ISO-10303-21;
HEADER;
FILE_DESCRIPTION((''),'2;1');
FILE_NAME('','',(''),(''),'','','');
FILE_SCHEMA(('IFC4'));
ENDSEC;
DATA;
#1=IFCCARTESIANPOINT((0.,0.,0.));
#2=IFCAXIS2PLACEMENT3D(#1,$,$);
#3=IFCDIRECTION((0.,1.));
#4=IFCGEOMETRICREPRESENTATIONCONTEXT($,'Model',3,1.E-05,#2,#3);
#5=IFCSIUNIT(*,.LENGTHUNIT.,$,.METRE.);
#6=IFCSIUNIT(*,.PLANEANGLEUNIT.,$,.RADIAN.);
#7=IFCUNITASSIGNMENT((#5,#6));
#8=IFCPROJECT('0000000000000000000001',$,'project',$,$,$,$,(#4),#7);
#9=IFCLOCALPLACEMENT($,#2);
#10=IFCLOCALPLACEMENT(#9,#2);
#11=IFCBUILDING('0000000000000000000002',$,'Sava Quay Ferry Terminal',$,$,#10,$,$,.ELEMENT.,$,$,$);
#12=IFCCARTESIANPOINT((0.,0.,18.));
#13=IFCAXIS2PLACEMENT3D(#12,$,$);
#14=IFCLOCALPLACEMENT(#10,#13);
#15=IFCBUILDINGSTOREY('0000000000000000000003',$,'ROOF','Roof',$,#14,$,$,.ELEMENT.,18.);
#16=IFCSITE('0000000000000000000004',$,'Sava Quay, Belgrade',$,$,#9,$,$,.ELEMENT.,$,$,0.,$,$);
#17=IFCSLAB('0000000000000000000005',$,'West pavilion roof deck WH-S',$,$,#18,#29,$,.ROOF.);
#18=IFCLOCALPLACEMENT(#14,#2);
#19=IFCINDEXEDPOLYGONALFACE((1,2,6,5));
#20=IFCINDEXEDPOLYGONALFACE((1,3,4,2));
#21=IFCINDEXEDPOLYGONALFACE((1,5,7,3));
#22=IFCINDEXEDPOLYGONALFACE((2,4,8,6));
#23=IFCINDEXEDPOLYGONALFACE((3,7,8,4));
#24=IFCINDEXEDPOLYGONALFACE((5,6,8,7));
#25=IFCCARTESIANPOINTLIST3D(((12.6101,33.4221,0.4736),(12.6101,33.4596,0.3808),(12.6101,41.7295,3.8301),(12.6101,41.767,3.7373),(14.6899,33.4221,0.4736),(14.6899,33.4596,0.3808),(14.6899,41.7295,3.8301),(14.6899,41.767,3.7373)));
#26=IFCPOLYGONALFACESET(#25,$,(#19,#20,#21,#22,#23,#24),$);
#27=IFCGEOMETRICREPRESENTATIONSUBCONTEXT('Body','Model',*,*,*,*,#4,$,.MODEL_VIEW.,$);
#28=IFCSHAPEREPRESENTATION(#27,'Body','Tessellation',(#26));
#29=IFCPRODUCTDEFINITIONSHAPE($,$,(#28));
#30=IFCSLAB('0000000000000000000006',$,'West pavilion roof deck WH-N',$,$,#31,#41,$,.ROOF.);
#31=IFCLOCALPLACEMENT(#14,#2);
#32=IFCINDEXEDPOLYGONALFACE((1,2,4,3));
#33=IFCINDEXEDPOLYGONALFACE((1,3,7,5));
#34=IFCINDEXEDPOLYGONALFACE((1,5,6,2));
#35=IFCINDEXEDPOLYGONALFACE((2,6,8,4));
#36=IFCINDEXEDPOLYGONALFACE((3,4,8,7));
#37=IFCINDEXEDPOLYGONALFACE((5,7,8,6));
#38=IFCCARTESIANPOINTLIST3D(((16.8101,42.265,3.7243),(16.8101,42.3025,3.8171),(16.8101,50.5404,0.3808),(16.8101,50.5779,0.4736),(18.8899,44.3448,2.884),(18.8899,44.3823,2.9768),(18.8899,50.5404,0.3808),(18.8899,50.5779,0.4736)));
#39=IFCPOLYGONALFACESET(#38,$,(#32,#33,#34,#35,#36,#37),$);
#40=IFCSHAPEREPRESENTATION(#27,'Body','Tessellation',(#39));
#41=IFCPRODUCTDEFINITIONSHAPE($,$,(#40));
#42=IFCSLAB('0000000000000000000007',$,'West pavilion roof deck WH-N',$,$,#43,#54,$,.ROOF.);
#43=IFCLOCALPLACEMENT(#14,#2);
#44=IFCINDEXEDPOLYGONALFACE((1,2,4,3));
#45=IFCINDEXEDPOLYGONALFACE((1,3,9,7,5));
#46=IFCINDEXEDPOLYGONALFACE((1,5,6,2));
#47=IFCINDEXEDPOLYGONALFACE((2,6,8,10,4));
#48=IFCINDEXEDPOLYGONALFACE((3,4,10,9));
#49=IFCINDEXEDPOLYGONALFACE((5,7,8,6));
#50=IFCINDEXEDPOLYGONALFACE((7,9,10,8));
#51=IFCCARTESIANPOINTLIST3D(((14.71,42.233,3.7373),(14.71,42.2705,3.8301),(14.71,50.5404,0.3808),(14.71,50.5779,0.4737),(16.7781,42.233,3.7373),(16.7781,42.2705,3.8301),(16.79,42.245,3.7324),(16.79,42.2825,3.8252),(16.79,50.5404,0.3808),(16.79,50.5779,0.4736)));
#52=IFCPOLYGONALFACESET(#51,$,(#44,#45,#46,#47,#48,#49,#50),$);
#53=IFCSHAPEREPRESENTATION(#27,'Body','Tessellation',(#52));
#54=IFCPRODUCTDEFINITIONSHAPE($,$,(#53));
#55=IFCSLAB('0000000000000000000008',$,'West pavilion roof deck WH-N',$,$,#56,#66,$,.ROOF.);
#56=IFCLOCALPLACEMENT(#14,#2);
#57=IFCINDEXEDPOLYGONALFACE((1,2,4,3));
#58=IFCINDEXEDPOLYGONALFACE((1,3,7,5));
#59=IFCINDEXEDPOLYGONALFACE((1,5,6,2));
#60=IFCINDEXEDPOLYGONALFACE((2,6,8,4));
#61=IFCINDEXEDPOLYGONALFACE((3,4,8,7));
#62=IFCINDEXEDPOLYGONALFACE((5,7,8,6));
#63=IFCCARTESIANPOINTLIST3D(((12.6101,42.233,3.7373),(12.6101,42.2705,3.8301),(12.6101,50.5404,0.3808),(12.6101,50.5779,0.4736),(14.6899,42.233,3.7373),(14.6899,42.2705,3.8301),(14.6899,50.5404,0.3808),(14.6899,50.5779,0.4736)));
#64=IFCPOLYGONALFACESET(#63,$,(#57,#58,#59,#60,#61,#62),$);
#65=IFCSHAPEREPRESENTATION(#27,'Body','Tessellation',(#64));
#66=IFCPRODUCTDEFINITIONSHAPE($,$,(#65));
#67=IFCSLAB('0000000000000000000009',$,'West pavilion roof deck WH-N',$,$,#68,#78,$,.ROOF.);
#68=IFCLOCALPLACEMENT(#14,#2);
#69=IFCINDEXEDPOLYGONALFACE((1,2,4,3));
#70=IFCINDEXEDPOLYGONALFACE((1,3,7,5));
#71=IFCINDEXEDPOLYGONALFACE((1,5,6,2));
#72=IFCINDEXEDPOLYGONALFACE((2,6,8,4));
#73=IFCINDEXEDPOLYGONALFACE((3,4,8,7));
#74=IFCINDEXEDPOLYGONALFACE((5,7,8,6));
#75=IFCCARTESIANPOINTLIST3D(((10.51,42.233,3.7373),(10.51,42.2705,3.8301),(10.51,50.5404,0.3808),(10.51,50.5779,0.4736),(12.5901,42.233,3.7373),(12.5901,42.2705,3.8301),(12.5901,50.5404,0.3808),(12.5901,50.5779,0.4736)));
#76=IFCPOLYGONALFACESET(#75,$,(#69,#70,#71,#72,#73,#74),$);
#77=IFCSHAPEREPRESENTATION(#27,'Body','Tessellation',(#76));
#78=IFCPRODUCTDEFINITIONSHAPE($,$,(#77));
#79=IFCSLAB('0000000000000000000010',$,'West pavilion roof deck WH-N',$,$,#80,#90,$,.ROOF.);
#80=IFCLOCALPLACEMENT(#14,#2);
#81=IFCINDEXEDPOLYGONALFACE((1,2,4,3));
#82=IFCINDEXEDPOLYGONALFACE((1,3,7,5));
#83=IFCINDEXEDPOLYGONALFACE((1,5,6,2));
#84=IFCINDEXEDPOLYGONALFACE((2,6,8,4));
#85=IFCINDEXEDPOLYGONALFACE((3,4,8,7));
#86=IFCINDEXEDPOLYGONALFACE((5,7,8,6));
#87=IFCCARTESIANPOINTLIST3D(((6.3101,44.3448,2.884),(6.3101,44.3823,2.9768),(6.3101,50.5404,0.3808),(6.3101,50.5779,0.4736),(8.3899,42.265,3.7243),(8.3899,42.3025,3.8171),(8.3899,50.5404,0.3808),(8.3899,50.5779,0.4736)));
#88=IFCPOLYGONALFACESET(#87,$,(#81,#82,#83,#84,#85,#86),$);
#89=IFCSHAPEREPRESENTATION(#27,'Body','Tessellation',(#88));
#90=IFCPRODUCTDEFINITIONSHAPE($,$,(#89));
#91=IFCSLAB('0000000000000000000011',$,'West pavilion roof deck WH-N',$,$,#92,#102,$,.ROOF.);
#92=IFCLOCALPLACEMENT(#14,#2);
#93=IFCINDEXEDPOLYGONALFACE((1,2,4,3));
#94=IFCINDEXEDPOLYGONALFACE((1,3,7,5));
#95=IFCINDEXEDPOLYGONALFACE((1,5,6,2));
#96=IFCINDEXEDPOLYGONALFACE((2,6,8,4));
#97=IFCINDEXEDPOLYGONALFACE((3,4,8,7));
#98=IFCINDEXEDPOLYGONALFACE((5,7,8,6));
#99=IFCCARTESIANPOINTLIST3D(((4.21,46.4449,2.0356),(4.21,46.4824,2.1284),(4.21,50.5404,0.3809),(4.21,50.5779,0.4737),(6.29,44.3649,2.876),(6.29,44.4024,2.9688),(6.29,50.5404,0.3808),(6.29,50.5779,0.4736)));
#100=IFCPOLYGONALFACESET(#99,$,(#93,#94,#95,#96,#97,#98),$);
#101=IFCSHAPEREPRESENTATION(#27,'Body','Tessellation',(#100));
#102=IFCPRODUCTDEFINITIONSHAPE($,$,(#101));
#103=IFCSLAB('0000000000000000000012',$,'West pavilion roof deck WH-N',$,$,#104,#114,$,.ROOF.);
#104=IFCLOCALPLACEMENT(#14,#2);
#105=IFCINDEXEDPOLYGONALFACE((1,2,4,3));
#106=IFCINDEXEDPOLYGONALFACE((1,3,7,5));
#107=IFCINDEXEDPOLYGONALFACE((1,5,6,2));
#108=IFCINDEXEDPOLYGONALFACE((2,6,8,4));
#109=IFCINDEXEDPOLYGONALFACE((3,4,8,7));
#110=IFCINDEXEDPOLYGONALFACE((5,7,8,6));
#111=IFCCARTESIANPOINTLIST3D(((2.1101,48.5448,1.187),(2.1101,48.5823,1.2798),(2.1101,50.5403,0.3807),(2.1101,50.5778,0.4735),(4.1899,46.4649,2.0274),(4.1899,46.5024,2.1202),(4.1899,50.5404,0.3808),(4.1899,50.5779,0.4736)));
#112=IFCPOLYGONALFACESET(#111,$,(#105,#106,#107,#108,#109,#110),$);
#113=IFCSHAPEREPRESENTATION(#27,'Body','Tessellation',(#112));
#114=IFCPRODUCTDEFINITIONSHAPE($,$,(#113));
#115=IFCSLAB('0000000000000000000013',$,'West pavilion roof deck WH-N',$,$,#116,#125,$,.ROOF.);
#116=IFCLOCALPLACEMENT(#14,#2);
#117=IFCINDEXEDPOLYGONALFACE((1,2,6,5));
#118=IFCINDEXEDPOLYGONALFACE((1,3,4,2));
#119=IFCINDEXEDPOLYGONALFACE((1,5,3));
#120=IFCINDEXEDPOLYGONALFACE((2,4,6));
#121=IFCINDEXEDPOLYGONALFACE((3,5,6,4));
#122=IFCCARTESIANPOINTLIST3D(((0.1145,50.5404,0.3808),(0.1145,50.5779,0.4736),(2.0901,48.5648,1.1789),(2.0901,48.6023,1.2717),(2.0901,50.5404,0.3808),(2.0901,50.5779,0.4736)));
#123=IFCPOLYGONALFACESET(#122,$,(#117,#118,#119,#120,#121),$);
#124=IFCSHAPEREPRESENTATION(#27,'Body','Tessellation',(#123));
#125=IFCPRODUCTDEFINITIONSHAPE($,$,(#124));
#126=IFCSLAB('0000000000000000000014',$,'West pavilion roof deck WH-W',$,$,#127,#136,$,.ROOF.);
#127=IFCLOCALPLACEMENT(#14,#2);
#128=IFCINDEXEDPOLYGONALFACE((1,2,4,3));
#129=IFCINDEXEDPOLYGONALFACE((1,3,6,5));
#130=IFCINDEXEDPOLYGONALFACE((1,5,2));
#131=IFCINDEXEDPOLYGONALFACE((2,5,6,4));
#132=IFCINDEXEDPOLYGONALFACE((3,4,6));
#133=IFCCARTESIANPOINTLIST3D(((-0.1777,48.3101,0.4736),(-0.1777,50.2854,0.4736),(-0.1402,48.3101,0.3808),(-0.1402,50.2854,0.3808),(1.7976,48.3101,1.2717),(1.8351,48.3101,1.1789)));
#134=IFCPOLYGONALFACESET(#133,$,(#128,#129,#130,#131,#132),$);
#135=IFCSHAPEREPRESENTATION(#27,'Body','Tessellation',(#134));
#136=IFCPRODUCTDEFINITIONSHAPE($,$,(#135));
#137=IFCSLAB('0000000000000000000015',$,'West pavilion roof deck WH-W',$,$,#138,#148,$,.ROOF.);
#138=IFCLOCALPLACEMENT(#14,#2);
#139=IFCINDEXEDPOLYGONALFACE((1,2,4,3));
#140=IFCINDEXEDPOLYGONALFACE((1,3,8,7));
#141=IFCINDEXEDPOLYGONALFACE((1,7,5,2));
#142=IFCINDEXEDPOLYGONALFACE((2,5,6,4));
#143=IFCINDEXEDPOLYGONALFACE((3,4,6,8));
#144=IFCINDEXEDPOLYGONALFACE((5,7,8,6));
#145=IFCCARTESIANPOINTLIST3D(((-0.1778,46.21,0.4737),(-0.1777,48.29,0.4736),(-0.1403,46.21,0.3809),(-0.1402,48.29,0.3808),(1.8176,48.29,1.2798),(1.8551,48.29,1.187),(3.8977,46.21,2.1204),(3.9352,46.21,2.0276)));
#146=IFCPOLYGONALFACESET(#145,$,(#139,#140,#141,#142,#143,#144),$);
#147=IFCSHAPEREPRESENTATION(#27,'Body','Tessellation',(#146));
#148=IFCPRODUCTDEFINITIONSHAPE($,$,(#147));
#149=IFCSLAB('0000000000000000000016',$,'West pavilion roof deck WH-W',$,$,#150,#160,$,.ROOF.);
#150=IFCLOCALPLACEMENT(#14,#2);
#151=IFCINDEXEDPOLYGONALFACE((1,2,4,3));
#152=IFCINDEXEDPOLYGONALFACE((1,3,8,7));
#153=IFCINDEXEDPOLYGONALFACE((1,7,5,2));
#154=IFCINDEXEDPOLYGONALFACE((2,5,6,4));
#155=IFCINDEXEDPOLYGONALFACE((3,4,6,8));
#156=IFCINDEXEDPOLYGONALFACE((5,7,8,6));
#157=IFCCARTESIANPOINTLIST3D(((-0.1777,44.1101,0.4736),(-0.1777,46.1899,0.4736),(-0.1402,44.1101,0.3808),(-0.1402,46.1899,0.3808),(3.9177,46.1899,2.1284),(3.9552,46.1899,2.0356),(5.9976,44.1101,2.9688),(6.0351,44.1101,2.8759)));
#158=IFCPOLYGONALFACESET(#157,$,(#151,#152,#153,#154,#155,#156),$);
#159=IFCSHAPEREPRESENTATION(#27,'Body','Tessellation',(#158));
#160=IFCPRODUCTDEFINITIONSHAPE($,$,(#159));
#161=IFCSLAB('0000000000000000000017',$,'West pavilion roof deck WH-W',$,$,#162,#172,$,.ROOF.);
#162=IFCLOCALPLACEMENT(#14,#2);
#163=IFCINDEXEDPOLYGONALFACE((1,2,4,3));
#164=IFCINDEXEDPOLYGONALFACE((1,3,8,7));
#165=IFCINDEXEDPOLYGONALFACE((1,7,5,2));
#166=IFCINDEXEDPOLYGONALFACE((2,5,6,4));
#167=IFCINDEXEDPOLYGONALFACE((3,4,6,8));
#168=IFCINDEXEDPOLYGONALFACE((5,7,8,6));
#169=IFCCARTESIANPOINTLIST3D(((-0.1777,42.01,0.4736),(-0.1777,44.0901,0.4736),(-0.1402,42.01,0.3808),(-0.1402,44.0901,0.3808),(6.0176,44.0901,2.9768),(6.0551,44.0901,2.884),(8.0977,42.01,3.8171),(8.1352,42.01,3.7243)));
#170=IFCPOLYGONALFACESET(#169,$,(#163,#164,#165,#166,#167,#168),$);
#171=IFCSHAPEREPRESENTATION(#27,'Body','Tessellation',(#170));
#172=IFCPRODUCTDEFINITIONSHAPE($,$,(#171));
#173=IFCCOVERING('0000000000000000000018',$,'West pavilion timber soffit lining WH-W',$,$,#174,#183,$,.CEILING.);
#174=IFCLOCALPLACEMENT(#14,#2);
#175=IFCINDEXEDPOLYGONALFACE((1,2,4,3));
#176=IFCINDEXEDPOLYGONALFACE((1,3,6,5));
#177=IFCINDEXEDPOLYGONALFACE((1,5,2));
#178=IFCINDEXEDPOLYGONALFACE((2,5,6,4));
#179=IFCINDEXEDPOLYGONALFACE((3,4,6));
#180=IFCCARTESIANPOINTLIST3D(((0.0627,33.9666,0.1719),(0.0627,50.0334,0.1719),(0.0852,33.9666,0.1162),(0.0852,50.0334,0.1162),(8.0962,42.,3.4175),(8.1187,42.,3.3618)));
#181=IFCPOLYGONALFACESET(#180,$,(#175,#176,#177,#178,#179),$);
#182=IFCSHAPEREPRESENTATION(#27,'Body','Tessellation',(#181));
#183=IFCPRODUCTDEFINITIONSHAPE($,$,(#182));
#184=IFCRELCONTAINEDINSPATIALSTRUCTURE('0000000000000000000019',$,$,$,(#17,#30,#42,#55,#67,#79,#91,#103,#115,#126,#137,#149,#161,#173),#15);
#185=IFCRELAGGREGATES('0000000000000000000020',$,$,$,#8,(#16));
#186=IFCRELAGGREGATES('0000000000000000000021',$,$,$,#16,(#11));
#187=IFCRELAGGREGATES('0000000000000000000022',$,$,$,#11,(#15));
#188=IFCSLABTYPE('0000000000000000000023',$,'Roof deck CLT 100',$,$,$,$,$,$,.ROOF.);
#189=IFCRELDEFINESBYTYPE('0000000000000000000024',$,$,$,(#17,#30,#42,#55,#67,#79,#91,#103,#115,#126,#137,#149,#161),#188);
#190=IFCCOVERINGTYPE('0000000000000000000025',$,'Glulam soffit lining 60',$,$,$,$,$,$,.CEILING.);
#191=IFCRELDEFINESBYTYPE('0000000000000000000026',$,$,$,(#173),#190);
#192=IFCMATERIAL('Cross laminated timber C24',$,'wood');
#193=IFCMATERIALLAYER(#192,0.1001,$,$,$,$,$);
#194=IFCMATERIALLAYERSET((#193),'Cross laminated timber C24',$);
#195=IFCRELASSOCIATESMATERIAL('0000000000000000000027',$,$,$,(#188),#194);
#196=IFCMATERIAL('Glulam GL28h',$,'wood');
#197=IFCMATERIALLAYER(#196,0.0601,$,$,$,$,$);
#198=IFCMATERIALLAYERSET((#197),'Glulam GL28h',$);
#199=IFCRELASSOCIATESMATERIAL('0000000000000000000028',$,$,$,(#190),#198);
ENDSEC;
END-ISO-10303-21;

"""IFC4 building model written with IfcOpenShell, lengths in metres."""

from ifc_helpers import new_model, si_unit, direction, frame, origin, place, context, subcontext, project, spatial, polyline, outline, extrude, material, layer, layer_set, type_object, element, save


model = new_model("IFC4")

# Units and contexts
model_context = context("Model", 3, precision=1e-05, world=origin(), true_north=direction((0.0, 1.0)))
body_context = subcontext(model_context, "Body", "Model", "MODEL_VIEW")
ifc_project = project(units=[si_unit("LENGTHUNIT", "METRE"), si_unit("PLANEANGLEUNIT", "RADIAN")], contexts=[model_context])

# Site, building, storey
site_placement = place(None, origin())
site = spatial("IfcSite", under=ifc_project, at=site_placement, Name="Sava Quay, Belgrade", CompositionType="ELEMENT", RefElevation=0.0)
building_placement = place(site_placement, origin())
building = spatial("IfcBuilding", under=site, at=building_placement, Name="Sava Quay Ferry Terminal", CompositionType="ELEMENT")
storey_placement = place(building_placement, frame((0.0, 0.0, 18.0)))
storey = spatial("IfcBuildingStorey", under=building, at=storey_placement, Name="ROOF", Description="Roof", CompositionType="ELEMENT", Elevation=18.0)

# Slabs
ifc_material_1 = material(Name="Cross laminated timber C24", Category="wood")
ifc_layer_1 = layer(ifc_material_1, 0.1001)
ifc_layer_set_1 = layer_set([ifc_layer_1], Name="Cross laminated timber C24")
slab_type = type_object("IfcSlabType", Name="Roof deck CLT 100", PredefinedType="ROOF", material=ifc_layer_set_1)
slab_1_placement = place(storey_placement, frame((14.6899, 41.7295, 3.8301), z_axis=(0.0, -0.374611, 0.927182), x_axis=(0.0, -0.927182, -0.374611)))
element("IfcSlab", 1, at=slab_1_placement, inside=storey, type_object=slab_type, Name="West pavilion roof deck WH-S", PredefinedType="ROOF", context=body_context, shape_type="SweptSolid", body=[
    extrude(outline(polyline([(0.0, 0.0), (8.9598, 0.0), (8.9598, -2.0798), (0.0, -2.0798), (0.0, 0.0)])), origin(), (0.0, 0.0, -1.0), 0.1001),
])
slab_2_placement = place(storey_placement, frame((16.8101, 42.3025, 3.8171), z_axis=(0.000004, 0.374609, 0.927183), x_axis=(0.0, 0.927183, -0.374609)))
element("IfcSlab", 2, at=slab_2_placement, inside=storey, type_object=slab_type, Name="West pavilion roof deck WH-N", PredefinedType="ROOF", context=body_context, shape_type="SweptSolid", body=[
    extrude(outline(polyline([(0.0, 0.0), (8.9253, 0.0), (8.9253, -2.0798), (2.2432, -2.0798), (0.0, 0.0)])), origin(), (0.0, 0.0, -1.0), 0.1001),
])
slab_3_placement = place(storey_placement, frame((16.7781, 42.2705, 3.8301), z_axis=(0.000011, 0.374611, 0.927182), x_axis=(-1.0, 0.000004, 0.00001)))
element("IfcSlab", 3, at=slab_3_placement, inside=storey, type_object=slab_type, Name="West pavilion roof deck WH-N", PredefinedType="ROOF", context=body_context, shape_type="SweptSolid", body=[
    extrude(outline(polyline([(0.0, 0.0), (2.0681, 0.0), (2.0681, -8.9598), (-0.012, -8.9598), (-0.012, -0.0129), (0.0, 0.0)])), origin(), (0.0, 0.0, -1.0), 0.1001),
])
slab_4_placement = place(storey_placement, frame((12.6101, 42.2705, 3.8301), z_axis=(0.0, 0.374611, 0.927182), x_axis=(0.0, 0.927182, -0.374611)))
element("IfcSlab", 4, at=slab_4_placement, inside=storey, type_object=slab_type, Name="West pavilion roof deck WH-N", PredefinedType="ROOF", context=body_context, shape_type="SweptSolid", body=[
    extrude(outline(polyline([(0.0, 0.0), (8.9598, 0.0), (8.9598, -2.0798), (0.0, -2.0798), (0.0, 0.0)])), origin(), (0.0, 0.0, -1.0), 0.1001),
])
slab_5_placement = place(storey_placement, frame((10.51, 42.2705, 3.8301), z_axis=(0.0, 0.374611, 0.927182), x_axis=(0.0, 0.927182, -0.374611)))
element("IfcSlab", 5, at=slab_5_placement, inside=storey, type_object=slab_type, Name="West pavilion roof deck WH-N", PredefinedType="ROOF", context=body_context, shape_type="SweptSolid", body=[
    extrude(outline(polyline([(0.0, 0.0), (8.9598, 0.0), (8.9598, -2.0801), (0.0, -2.0801), (0.0, 0.0)])), origin(), (0.0, 0.0, -1.0), 0.1001),
])
slab_6_placement = place(storey_placement, frame((6.3101, 44.3823, 2.9768), z_axis=(-0.000004, 0.374609, 0.927183), x_axis=(0.0, 0.927183, -0.374609)))
element("IfcSlab", 6, at=slab_6_placement, inside=storey, type_object=slab_type, Name="West pavilion roof deck WH-N", PredefinedType="ROOF", context=body_context, shape_type="SweptSolid", body=[
    extrude(outline(polyline([(0.0, 0.0), (6.6821, 0.0), (6.6821, -2.0798), (-2.2432, -2.0798), (0.0, 0.0)])), origin(), (0.0, 0.0, -1.0), 0.1001),
])
slab_7_placement = place(storey_placement, frame((4.21, 46.4824, 2.1284), z_axis=(0.000023, 0.374618, 0.927179), x_axis=(0.0, 0.927179, -0.374618)))
element("IfcSlab", 7, at=slab_7_placement, inside=storey, type_object=slab_type, Name="West pavilion roof deck WH-N", PredefinedType="ROOF", context=body_context, shape_type="SweptSolid", body=[
    extrude(outline(polyline([(0.0, 0.0), (4.4171, 0.0), (4.4171, -2.0801), (-2.2434, -2.0801), (0.0, 0.0)])), origin(), (0.0, 0.0, -1.0), 0.1001),
])
slab_8_placement = place(storey_placement, frame((2.1101, 48.5823, 1.2798), z_axis=(-0.000058, 0.374609, 0.927183), x_axis=(0.0, 0.927183, -0.374609)))
element("IfcSlab", 8, at=slab_8_placement, inside=storey, type_object=slab_type, Name="West pavilion roof deck WH-N", PredefinedType="ROOF", context=body_context, shape_type="SweptSolid", body=[
    extrude(outline(polyline([(0.0, 0.0), (2.1523, 0.0), (2.1523, -2.0798), (-2.2433, -2.0798), (0.0, 0.0)])), origin(), (0.0, 0.0, -1.0), 0.1001),
])
slab_9_placement = place(storey_placement, frame((0.1145, 50.5779, 0.4736), z_axis=(0.0, 0.374569, 0.927199), x_axis=(1.0, 0.0, 0.0)))
element("IfcSlab", 9, at=slab_9_placement, inside=storey, type_object=slab_type, Name="West pavilion roof deck WH-N", PredefinedType="ROOF", context=body_context, shape_type="SweptSolid", body=[
    extrude(outline(polyline([(0.0, 0.0), (1.9756, 0.0), (1.9756, -2.1307), (0.0, 0.0)])), origin(), (0.0, 0.0, -1.0), 0.1001),
])
slab_10_placement = place(storey_placement, frame((1.7976, 48.3101, 1.2717), z_axis=(-0.374609, 0.0, 0.927183), x_axis=(-0.927183, 0.0, -0.374609)))
element("IfcSlab", 10, at=slab_10_placement, inside=storey, type_object=slab_type, Name="West pavilion roof deck WH-W", PredefinedType="ROOF", context=body_context, shape_type="SweptSolid", body=[
    extrude(outline(polyline([(0.0, 0.0), (2.1305, 0.0), (2.1305, -1.9753), (0.0, 0.0)])), origin(), (0.0, 0.0, -1.0), 0.1001),
])
slab_11_placement = place(storey_placement, frame((3.8977, 46.21, 2.1204), z_axis=(-0.374622, 0.000029, 0.927178), x_axis=(-0.927178, 0.0, -0.374622)))
element("IfcSlab", 11, at=slab_11_placement, inside=storey, type_object=slab_type, Name="West pavilion roof deck WH-W", PredefinedType="ROOF", context=body_context, shape_type="SweptSolid", body=[
    extrude(outline(polyline([(0.0, 0.0), (4.3956, 0.0), (4.3956, -2.0801), (2.2435, -2.0801), (0.0, 0.0)])), origin(), (0.0, 0.0, -1.0), 0.1001),
])
slab_12_placement = place(storey_placement, frame((5.9976, 44.1101, 2.9688), z_axis=(-0.374626, -0.000006, 0.927176), x_axis=(-0.927176, 0.0, -0.374626)))
element("IfcSlab", 12, at=slab_12_placement, inside=storey, type_object=slab_type, Name="West pavilion roof deck WH-W", PredefinedType="ROOF", context=body_context, shape_type="SweptSolid", body=[
    extrude(outline(polyline([(0.0, 0.0), (6.6603, 0.0), (6.6603, -2.0798), (2.2432, -2.0798), (0.0, 0.0)])), origin(), (0.0, 0.0, -1.0), 0.1001),
])
slab_13_placement = place(storey_placement, frame((8.0977, 42.01, 3.8171), z_axis=(-0.374614, -0.000021, 0.927181), x_axis=(-0.927181, 0.0, -0.374614)))
element("IfcSlab", 13, at=slab_13_placement, inside=storey, type_object=slab_type, Name="West pavilion roof deck WH-W", PredefinedType="ROOF", context=body_context, shape_type="SweptSolid", body=[
    extrude(outline(polyline([(0.0, 0.0), (8.9253, 0.0), (8.9253, -2.0801), (2.2434, -2.0801), (0.0, 0.0)])), origin(), (0.0, 0.0, -1.0), 0.1001),
])

# Covering
ifc_material_2 = material(Name="Glulam GL28h", Category="wood")
ifc_layer_2 = layer(ifc_material_2, 0.0601)
ifc_layer_set_2 = layer_set([ifc_layer_2], Name="Glulam GL28h")
covering_type_1 = type_object("IfcCoveringType", Name="Glulam soffit lining 60", PredefinedType="CEILING", material=ifc_layer_set_2)
covering_1_placement = place(storey_placement, frame((0.0627, 50.0334, 0.1719), z_axis=(-0.374595, 0.0, 0.927189), x_axis=(0.679906, -0.679906, 0.27469)))
element("IfcCovering", 14, at=covering_1_placement, inside=storey, type_object=covering_type_1, Name="West pavilion timber soffit lining WH-W", PredefinedType="CEILING", context=body_context, shape_type="SweptSolid", body=[
    extrude(outline(polyline([(0.0, 0.0), (11.8155, 0.0), (10.924, -11.7818), (0.0, 0.0)])), origin(), (0.0, 0.0, -1.0), 0.0601),
])

save(model, "model.ifc")
